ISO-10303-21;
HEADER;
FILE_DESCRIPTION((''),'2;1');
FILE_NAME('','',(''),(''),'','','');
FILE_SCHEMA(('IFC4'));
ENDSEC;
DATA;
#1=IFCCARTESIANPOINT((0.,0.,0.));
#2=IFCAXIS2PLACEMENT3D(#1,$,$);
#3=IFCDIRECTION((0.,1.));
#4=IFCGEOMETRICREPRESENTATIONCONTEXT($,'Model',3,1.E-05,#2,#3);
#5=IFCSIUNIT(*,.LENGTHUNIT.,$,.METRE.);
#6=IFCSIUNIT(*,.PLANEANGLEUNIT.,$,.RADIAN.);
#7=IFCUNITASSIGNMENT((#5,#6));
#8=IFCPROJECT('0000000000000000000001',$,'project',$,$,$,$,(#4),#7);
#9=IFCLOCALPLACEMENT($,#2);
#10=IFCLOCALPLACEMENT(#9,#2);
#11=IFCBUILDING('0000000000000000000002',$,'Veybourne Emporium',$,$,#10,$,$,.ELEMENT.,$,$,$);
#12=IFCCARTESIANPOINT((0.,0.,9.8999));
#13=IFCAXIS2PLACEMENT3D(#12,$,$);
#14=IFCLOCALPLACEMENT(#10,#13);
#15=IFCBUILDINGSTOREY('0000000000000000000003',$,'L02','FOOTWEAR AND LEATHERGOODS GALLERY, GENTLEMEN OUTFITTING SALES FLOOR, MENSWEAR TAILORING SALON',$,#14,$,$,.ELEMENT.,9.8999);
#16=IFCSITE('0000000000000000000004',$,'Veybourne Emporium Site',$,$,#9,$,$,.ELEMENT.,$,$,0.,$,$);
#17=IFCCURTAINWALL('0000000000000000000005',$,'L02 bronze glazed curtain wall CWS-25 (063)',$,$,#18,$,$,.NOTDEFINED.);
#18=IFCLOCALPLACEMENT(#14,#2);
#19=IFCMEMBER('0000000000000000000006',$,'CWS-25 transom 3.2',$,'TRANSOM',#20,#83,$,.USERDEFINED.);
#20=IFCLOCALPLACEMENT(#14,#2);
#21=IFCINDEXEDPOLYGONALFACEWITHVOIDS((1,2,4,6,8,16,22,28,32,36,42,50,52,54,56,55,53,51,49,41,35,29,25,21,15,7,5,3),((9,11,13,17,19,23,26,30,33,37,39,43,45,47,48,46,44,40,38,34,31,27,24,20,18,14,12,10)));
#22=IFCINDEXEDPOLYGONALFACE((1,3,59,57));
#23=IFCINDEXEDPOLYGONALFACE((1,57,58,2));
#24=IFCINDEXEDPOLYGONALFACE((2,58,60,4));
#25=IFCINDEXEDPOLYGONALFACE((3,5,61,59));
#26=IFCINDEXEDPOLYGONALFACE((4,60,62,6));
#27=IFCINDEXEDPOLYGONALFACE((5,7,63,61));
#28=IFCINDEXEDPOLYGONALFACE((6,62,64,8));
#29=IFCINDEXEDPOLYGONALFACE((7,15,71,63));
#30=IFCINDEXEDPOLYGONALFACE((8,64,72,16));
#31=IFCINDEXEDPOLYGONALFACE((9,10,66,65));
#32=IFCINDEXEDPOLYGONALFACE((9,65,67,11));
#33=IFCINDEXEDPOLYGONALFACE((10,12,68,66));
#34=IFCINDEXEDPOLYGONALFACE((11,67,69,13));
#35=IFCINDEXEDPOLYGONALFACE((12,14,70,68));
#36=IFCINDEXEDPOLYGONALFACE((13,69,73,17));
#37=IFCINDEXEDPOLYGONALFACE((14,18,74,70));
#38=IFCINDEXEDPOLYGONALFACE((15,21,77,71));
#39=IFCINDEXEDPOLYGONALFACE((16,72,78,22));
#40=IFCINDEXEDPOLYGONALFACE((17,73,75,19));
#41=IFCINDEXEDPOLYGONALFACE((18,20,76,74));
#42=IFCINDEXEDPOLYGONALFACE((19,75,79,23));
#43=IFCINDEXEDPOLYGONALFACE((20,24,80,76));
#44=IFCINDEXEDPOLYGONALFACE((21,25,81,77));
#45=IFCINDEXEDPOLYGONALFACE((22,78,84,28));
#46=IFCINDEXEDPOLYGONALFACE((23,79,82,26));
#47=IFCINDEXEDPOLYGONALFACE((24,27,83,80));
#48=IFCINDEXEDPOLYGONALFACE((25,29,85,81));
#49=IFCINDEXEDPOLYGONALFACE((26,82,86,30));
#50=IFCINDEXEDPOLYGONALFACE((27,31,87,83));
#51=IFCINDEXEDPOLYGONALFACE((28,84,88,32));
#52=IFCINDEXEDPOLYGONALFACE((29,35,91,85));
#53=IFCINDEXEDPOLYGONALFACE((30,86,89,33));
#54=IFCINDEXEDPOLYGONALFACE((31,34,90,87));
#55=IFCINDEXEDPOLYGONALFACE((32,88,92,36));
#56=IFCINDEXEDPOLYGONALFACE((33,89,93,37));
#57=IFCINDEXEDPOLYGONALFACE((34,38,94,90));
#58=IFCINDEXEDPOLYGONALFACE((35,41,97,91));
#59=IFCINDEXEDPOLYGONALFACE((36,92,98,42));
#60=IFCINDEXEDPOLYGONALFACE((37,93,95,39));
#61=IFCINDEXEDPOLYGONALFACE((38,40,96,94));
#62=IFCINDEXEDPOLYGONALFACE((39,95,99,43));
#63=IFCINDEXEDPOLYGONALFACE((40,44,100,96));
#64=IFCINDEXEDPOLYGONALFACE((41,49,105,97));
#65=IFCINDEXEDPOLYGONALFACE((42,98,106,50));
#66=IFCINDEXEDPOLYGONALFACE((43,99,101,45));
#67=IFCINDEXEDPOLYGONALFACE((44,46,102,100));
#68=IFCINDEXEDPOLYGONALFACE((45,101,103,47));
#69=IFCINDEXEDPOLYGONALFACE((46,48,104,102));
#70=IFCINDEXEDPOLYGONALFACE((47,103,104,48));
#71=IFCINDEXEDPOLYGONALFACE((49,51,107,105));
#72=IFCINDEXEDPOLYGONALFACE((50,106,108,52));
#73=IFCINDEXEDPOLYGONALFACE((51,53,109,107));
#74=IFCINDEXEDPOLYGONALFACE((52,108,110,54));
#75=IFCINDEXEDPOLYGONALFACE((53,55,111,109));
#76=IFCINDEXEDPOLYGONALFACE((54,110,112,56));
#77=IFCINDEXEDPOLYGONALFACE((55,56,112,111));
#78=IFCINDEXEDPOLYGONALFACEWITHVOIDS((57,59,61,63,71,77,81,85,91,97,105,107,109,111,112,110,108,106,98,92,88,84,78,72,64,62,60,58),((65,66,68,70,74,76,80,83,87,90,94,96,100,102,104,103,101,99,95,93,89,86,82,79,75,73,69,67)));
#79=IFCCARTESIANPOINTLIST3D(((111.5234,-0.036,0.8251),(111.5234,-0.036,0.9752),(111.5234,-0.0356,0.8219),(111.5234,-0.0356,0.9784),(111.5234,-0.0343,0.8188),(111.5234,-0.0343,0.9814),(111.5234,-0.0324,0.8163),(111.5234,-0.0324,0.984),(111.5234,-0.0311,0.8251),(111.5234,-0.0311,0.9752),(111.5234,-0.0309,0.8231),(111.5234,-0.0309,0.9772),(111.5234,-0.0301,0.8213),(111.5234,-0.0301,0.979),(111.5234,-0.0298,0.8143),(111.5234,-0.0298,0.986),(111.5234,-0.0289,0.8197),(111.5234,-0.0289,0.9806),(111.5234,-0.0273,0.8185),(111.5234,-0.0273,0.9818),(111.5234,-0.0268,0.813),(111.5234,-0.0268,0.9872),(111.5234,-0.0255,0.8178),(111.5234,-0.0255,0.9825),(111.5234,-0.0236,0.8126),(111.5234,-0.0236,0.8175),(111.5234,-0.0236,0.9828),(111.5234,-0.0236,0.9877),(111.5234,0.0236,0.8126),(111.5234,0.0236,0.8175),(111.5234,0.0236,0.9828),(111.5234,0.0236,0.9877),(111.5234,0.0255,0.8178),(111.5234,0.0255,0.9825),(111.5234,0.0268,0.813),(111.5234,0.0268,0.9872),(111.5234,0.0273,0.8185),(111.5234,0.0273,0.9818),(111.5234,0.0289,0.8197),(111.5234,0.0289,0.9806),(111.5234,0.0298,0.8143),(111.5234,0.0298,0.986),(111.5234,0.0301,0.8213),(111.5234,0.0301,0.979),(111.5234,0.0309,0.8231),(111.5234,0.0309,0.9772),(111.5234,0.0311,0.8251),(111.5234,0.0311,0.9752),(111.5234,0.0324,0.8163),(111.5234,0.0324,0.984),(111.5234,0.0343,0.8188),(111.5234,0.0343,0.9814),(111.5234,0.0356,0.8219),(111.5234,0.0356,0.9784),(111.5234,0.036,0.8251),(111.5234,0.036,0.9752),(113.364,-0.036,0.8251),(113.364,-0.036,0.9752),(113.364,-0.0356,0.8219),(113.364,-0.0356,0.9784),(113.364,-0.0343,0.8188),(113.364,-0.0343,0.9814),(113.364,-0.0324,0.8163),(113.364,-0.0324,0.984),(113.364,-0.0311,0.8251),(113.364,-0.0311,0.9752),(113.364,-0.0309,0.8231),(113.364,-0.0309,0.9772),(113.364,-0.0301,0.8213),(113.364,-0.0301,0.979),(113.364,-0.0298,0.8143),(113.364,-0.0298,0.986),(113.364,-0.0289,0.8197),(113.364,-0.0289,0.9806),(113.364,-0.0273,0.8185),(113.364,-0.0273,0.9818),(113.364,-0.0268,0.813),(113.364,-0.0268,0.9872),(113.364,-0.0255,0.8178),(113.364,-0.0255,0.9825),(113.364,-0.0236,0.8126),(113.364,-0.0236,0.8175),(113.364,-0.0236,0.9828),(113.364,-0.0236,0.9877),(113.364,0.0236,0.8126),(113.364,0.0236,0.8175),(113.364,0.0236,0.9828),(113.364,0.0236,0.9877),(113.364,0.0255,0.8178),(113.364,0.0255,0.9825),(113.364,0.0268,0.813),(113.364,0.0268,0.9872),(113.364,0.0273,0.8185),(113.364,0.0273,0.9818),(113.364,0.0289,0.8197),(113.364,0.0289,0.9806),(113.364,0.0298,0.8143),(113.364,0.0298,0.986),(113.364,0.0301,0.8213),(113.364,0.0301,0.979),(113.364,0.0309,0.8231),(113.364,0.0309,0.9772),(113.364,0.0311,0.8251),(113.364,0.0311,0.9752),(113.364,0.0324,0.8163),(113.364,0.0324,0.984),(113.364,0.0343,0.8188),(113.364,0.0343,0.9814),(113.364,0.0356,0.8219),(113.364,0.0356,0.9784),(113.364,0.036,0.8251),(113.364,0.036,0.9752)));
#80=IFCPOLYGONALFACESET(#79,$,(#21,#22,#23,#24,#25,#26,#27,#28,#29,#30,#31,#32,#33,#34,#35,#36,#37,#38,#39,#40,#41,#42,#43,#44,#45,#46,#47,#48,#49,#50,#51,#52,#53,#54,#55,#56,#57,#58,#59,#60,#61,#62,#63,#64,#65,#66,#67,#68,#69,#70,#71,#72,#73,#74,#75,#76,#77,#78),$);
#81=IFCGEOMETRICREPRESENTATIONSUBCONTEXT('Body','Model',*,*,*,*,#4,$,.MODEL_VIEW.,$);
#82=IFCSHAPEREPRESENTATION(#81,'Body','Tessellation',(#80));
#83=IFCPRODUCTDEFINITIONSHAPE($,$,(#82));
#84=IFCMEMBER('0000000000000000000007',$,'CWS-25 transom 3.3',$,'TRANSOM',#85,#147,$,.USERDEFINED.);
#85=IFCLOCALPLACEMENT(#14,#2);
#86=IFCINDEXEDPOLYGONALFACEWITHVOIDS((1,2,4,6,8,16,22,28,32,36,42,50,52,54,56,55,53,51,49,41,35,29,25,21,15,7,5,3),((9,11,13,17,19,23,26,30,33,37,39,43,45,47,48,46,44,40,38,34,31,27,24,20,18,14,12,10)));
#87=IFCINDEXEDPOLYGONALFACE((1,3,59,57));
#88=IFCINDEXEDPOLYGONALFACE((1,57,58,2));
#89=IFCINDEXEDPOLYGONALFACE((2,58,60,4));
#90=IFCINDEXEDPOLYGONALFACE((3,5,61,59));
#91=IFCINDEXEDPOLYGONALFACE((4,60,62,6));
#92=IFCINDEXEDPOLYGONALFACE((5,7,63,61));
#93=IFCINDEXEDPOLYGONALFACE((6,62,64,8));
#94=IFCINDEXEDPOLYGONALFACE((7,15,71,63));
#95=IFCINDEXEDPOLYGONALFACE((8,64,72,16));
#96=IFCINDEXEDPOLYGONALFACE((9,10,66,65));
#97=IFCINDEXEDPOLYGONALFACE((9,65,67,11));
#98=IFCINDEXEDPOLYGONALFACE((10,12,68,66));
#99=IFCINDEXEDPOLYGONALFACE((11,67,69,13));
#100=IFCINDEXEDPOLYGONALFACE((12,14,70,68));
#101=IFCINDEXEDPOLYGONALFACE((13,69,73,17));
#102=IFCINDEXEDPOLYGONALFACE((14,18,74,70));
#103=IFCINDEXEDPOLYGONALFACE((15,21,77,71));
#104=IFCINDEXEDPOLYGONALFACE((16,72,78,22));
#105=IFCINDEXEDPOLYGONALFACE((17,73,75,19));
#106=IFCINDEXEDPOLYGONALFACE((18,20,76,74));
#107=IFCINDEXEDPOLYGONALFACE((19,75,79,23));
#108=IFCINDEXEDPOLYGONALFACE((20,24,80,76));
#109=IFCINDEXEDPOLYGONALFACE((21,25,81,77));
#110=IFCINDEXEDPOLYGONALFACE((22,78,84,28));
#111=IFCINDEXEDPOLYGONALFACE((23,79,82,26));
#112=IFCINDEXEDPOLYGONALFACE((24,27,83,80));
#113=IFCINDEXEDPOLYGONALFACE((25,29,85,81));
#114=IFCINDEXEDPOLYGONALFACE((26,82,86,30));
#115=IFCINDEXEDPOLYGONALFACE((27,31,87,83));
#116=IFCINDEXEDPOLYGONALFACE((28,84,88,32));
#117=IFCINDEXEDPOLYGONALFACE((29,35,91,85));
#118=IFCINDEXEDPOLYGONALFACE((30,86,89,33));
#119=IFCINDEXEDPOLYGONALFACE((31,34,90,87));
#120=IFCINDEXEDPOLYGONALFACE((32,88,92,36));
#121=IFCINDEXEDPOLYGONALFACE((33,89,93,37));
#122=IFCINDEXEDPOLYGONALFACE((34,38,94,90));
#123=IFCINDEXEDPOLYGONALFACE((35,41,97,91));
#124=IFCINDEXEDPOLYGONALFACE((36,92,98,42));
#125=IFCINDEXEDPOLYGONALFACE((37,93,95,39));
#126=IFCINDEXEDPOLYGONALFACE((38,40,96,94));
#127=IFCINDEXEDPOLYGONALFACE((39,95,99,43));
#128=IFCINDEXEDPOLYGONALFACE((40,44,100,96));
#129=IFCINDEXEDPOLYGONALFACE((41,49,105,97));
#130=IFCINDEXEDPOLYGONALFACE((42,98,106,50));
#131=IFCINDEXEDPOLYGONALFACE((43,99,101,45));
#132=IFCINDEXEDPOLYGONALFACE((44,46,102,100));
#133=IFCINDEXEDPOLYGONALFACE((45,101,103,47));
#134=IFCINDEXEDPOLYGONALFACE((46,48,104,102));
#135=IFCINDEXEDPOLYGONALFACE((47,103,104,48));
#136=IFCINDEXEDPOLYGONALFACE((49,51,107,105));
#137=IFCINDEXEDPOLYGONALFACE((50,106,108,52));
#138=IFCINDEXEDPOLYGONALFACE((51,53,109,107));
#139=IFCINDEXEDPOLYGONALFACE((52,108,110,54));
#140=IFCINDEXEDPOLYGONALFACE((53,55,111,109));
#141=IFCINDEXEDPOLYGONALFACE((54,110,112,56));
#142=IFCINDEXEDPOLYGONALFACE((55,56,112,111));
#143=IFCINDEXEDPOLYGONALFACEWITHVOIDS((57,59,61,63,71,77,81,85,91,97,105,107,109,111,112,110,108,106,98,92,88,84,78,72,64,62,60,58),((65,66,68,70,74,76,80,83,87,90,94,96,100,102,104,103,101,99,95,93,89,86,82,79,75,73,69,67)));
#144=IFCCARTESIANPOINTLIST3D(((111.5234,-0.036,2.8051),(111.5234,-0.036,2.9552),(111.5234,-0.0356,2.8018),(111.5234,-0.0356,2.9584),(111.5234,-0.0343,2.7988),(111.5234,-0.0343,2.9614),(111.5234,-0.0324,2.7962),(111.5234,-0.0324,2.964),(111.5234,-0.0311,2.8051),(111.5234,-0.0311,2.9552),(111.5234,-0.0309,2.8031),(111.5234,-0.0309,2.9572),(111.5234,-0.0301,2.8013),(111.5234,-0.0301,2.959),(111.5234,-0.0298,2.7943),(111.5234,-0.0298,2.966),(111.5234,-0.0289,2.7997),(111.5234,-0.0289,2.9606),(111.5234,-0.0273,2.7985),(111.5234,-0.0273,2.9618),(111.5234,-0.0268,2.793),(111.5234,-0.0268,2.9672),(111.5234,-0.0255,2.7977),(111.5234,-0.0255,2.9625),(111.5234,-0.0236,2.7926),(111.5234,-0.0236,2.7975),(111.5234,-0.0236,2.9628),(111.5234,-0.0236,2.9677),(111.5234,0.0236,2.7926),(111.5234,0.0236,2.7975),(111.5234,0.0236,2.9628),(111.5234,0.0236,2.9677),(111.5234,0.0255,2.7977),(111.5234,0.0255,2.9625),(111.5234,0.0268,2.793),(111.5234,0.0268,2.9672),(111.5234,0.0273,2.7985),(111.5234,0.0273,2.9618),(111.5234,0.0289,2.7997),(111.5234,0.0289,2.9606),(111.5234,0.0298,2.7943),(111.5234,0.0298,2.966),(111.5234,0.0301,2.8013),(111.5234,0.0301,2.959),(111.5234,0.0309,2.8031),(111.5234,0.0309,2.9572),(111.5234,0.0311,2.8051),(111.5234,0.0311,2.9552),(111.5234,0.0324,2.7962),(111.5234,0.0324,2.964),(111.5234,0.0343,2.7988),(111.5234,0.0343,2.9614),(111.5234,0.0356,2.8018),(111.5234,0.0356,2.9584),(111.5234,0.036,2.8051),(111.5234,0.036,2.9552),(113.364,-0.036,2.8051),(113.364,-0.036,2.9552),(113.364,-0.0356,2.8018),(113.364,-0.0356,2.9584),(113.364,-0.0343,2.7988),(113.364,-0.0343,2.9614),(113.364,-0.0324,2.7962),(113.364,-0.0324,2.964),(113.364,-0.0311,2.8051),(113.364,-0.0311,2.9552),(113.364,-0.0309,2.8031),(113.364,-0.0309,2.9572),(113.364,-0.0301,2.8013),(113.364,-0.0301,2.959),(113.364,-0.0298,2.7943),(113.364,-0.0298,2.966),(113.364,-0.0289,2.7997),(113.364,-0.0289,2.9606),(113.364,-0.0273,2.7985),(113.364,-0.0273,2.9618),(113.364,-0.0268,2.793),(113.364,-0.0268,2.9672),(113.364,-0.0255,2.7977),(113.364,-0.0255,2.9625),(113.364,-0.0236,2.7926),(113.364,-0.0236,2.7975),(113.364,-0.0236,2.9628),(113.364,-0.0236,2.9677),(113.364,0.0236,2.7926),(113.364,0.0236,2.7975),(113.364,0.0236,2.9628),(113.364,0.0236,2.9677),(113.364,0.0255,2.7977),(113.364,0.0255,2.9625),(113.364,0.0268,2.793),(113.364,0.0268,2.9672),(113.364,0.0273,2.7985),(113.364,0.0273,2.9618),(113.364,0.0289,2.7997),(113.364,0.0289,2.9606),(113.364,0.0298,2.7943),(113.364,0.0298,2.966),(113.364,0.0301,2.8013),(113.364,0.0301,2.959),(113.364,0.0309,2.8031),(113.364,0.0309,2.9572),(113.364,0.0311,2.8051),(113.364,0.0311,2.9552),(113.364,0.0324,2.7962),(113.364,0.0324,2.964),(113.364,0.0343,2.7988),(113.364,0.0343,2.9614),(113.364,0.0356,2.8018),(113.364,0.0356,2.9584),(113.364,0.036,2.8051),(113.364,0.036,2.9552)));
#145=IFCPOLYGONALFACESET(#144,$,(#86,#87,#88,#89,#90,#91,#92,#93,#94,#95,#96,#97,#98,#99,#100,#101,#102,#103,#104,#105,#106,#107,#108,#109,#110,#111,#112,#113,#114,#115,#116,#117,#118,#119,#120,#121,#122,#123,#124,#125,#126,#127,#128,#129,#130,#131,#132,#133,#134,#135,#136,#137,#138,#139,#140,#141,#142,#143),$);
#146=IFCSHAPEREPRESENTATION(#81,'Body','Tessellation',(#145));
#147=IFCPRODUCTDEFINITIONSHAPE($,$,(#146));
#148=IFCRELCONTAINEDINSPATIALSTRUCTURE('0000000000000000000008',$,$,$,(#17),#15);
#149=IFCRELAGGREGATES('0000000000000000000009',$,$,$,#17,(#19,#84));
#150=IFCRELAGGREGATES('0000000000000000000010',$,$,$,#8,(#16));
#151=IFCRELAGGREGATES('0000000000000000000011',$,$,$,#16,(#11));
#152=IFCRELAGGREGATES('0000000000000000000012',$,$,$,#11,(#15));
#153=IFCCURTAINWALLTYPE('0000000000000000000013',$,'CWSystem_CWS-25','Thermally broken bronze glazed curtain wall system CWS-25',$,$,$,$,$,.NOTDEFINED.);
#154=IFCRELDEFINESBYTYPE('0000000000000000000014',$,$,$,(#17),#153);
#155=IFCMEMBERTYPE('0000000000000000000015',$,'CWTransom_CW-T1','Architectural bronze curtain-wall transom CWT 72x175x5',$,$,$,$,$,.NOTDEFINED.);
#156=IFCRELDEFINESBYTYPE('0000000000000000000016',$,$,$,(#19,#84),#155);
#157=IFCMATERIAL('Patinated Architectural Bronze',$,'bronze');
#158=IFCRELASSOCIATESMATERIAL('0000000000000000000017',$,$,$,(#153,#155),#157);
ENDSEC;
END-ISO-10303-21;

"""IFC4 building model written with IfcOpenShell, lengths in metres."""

from ifc_helpers import new_model, si_unit, direction, frame, origin, origin_2d, place, context, subcontext, project, spatial, hollow_rectangle, extrude, material, material_profile, profile_set, type_object, element, aggregate, save


model = new_model("IFC4")

# Units and contexts
model_context = context("Model", 3, precision=1e-05, world=origin(), true_north=direction((0.0, 1.0)))
body_context = subcontext(model_context, "Body", "Model", "MODEL_VIEW")
ifc_project = project(units=[si_unit("LENGTHUNIT", "METRE"), si_unit("PLANEANGLEUNIT", "RADIAN")], contexts=[model_context])

# Site, building, storey
site_placement = place(None, origin())
site = spatial("IfcSite", under=ifc_project, at=site_placement, Name="Veybourne Emporium Site", CompositionType="ELEMENT", RefElevation=0.0)
building_placement = place(site_placement, origin())
building = spatial("IfcBuilding", under=site, at=building_placement, Name="Veybourne Emporium", CompositionType="ELEMENT")
storey_placement = place(building_placement, frame((0.0, 0.0, 9.8999)))
storey = spatial("IfcBuildingStorey", under=building, at=storey_placement, Name="L02", Description="FOOTWEAR AND LEATHERGOODS GALLERY, GENTLEMEN OUTFITTING SALES FLOOR, MENSWEAR TAILORING SALON", CompositionType="ELEMENT", Elevation=9.8999)

# Curtain wall, members
ifc_material_1 = material(Name="Patinated Architectural Bronze", Category="bronze")
curtain_wall_type = type_object("IfcCurtainWallType", Name="CWSystem_CWS-25", Description="Thermally broken bronze glazed curtain wall system CWS-25", PredefinedType="NOTDEFINED", material=ifc_material_1)
curtain_wall_placement = place(storey_placement, origin())
curtain_wall = element("IfcCurtainWall", 1, at=curtain_wall_placement, inside=storey, type_object=curtain_wall_type, Name="L02 bronze glazed curtain wall CWS-25 (063)", PredefinedType="NOTDEFINED")
ifc_material_profile_1 = material_profile(ifc_material_1, hollow_rectangle(XDim=0.072, YDim=0.175, WallThickness=0.0049, InnerFilletRadius=0.0076, OuterFilletRadius=0.0125, at=origin_2d()), Name="CWT 72x175x5")
ifc_profile_set_1 = profile_set([ifc_material_profile_1], Name="Patinated Architectural Bronze")
member_type_1 = type_object("IfcMemberType", Name="CWTransom_CW-T1", Description="Architectural bronze curtain-wall transom CWT 72x175x5", PredefinedType="NOTDEFINED", material=ifc_profile_set_1)
member_1_placement = place(storey_placement, frame((113.364, 0.0, 0.9001), z_axis=(-1.0, 0.0, 0.0), x_axis=(0.0, -1.0, 0.0)))
member_1 = element("IfcMember", 2, at=member_1_placement, type_object=member_type_1, Name="CWS-25 transom 3.2", ObjectType="TRANSOM", PredefinedType="USERDEFINED", context=body_context, shape_type="SweptSolid", body=[
    extrude(hollow_rectangle(XDim=0.072, YDim=0.175, WallThickness=0.0049, InnerFilletRadius=0.0076, OuterFilletRadius=0.0125, at=origin_2d()), origin(), (0.0, 0.0, 1.0), 1.8406),
])
member_2_placement = place(storey_placement, frame((113.364, 0.0, 2.8801), z_axis=(-1.0, 0.0, 0.0), x_axis=(0.0, -1.0, 0.0)))
member_2 = element("IfcMember", 3, at=member_2_placement, type_object=member_type_1, Name="CWS-25 transom 3.3", ObjectType="TRANSOM", PredefinedType="USERDEFINED", context=body_context, shape_type="SweptSolid", body=[
    extrude(hollow_rectangle(XDim=0.072, YDim=0.175, WallThickness=0.0049, InnerFilletRadius=0.0076, OuterFilletRadius=0.0125, at=origin_2d()), origin(), (0.0, 0.0, 1.0), 1.8406),
])

aggregate(curtain_wall, [member_1, member_2])

save(model, "model.ifc")
